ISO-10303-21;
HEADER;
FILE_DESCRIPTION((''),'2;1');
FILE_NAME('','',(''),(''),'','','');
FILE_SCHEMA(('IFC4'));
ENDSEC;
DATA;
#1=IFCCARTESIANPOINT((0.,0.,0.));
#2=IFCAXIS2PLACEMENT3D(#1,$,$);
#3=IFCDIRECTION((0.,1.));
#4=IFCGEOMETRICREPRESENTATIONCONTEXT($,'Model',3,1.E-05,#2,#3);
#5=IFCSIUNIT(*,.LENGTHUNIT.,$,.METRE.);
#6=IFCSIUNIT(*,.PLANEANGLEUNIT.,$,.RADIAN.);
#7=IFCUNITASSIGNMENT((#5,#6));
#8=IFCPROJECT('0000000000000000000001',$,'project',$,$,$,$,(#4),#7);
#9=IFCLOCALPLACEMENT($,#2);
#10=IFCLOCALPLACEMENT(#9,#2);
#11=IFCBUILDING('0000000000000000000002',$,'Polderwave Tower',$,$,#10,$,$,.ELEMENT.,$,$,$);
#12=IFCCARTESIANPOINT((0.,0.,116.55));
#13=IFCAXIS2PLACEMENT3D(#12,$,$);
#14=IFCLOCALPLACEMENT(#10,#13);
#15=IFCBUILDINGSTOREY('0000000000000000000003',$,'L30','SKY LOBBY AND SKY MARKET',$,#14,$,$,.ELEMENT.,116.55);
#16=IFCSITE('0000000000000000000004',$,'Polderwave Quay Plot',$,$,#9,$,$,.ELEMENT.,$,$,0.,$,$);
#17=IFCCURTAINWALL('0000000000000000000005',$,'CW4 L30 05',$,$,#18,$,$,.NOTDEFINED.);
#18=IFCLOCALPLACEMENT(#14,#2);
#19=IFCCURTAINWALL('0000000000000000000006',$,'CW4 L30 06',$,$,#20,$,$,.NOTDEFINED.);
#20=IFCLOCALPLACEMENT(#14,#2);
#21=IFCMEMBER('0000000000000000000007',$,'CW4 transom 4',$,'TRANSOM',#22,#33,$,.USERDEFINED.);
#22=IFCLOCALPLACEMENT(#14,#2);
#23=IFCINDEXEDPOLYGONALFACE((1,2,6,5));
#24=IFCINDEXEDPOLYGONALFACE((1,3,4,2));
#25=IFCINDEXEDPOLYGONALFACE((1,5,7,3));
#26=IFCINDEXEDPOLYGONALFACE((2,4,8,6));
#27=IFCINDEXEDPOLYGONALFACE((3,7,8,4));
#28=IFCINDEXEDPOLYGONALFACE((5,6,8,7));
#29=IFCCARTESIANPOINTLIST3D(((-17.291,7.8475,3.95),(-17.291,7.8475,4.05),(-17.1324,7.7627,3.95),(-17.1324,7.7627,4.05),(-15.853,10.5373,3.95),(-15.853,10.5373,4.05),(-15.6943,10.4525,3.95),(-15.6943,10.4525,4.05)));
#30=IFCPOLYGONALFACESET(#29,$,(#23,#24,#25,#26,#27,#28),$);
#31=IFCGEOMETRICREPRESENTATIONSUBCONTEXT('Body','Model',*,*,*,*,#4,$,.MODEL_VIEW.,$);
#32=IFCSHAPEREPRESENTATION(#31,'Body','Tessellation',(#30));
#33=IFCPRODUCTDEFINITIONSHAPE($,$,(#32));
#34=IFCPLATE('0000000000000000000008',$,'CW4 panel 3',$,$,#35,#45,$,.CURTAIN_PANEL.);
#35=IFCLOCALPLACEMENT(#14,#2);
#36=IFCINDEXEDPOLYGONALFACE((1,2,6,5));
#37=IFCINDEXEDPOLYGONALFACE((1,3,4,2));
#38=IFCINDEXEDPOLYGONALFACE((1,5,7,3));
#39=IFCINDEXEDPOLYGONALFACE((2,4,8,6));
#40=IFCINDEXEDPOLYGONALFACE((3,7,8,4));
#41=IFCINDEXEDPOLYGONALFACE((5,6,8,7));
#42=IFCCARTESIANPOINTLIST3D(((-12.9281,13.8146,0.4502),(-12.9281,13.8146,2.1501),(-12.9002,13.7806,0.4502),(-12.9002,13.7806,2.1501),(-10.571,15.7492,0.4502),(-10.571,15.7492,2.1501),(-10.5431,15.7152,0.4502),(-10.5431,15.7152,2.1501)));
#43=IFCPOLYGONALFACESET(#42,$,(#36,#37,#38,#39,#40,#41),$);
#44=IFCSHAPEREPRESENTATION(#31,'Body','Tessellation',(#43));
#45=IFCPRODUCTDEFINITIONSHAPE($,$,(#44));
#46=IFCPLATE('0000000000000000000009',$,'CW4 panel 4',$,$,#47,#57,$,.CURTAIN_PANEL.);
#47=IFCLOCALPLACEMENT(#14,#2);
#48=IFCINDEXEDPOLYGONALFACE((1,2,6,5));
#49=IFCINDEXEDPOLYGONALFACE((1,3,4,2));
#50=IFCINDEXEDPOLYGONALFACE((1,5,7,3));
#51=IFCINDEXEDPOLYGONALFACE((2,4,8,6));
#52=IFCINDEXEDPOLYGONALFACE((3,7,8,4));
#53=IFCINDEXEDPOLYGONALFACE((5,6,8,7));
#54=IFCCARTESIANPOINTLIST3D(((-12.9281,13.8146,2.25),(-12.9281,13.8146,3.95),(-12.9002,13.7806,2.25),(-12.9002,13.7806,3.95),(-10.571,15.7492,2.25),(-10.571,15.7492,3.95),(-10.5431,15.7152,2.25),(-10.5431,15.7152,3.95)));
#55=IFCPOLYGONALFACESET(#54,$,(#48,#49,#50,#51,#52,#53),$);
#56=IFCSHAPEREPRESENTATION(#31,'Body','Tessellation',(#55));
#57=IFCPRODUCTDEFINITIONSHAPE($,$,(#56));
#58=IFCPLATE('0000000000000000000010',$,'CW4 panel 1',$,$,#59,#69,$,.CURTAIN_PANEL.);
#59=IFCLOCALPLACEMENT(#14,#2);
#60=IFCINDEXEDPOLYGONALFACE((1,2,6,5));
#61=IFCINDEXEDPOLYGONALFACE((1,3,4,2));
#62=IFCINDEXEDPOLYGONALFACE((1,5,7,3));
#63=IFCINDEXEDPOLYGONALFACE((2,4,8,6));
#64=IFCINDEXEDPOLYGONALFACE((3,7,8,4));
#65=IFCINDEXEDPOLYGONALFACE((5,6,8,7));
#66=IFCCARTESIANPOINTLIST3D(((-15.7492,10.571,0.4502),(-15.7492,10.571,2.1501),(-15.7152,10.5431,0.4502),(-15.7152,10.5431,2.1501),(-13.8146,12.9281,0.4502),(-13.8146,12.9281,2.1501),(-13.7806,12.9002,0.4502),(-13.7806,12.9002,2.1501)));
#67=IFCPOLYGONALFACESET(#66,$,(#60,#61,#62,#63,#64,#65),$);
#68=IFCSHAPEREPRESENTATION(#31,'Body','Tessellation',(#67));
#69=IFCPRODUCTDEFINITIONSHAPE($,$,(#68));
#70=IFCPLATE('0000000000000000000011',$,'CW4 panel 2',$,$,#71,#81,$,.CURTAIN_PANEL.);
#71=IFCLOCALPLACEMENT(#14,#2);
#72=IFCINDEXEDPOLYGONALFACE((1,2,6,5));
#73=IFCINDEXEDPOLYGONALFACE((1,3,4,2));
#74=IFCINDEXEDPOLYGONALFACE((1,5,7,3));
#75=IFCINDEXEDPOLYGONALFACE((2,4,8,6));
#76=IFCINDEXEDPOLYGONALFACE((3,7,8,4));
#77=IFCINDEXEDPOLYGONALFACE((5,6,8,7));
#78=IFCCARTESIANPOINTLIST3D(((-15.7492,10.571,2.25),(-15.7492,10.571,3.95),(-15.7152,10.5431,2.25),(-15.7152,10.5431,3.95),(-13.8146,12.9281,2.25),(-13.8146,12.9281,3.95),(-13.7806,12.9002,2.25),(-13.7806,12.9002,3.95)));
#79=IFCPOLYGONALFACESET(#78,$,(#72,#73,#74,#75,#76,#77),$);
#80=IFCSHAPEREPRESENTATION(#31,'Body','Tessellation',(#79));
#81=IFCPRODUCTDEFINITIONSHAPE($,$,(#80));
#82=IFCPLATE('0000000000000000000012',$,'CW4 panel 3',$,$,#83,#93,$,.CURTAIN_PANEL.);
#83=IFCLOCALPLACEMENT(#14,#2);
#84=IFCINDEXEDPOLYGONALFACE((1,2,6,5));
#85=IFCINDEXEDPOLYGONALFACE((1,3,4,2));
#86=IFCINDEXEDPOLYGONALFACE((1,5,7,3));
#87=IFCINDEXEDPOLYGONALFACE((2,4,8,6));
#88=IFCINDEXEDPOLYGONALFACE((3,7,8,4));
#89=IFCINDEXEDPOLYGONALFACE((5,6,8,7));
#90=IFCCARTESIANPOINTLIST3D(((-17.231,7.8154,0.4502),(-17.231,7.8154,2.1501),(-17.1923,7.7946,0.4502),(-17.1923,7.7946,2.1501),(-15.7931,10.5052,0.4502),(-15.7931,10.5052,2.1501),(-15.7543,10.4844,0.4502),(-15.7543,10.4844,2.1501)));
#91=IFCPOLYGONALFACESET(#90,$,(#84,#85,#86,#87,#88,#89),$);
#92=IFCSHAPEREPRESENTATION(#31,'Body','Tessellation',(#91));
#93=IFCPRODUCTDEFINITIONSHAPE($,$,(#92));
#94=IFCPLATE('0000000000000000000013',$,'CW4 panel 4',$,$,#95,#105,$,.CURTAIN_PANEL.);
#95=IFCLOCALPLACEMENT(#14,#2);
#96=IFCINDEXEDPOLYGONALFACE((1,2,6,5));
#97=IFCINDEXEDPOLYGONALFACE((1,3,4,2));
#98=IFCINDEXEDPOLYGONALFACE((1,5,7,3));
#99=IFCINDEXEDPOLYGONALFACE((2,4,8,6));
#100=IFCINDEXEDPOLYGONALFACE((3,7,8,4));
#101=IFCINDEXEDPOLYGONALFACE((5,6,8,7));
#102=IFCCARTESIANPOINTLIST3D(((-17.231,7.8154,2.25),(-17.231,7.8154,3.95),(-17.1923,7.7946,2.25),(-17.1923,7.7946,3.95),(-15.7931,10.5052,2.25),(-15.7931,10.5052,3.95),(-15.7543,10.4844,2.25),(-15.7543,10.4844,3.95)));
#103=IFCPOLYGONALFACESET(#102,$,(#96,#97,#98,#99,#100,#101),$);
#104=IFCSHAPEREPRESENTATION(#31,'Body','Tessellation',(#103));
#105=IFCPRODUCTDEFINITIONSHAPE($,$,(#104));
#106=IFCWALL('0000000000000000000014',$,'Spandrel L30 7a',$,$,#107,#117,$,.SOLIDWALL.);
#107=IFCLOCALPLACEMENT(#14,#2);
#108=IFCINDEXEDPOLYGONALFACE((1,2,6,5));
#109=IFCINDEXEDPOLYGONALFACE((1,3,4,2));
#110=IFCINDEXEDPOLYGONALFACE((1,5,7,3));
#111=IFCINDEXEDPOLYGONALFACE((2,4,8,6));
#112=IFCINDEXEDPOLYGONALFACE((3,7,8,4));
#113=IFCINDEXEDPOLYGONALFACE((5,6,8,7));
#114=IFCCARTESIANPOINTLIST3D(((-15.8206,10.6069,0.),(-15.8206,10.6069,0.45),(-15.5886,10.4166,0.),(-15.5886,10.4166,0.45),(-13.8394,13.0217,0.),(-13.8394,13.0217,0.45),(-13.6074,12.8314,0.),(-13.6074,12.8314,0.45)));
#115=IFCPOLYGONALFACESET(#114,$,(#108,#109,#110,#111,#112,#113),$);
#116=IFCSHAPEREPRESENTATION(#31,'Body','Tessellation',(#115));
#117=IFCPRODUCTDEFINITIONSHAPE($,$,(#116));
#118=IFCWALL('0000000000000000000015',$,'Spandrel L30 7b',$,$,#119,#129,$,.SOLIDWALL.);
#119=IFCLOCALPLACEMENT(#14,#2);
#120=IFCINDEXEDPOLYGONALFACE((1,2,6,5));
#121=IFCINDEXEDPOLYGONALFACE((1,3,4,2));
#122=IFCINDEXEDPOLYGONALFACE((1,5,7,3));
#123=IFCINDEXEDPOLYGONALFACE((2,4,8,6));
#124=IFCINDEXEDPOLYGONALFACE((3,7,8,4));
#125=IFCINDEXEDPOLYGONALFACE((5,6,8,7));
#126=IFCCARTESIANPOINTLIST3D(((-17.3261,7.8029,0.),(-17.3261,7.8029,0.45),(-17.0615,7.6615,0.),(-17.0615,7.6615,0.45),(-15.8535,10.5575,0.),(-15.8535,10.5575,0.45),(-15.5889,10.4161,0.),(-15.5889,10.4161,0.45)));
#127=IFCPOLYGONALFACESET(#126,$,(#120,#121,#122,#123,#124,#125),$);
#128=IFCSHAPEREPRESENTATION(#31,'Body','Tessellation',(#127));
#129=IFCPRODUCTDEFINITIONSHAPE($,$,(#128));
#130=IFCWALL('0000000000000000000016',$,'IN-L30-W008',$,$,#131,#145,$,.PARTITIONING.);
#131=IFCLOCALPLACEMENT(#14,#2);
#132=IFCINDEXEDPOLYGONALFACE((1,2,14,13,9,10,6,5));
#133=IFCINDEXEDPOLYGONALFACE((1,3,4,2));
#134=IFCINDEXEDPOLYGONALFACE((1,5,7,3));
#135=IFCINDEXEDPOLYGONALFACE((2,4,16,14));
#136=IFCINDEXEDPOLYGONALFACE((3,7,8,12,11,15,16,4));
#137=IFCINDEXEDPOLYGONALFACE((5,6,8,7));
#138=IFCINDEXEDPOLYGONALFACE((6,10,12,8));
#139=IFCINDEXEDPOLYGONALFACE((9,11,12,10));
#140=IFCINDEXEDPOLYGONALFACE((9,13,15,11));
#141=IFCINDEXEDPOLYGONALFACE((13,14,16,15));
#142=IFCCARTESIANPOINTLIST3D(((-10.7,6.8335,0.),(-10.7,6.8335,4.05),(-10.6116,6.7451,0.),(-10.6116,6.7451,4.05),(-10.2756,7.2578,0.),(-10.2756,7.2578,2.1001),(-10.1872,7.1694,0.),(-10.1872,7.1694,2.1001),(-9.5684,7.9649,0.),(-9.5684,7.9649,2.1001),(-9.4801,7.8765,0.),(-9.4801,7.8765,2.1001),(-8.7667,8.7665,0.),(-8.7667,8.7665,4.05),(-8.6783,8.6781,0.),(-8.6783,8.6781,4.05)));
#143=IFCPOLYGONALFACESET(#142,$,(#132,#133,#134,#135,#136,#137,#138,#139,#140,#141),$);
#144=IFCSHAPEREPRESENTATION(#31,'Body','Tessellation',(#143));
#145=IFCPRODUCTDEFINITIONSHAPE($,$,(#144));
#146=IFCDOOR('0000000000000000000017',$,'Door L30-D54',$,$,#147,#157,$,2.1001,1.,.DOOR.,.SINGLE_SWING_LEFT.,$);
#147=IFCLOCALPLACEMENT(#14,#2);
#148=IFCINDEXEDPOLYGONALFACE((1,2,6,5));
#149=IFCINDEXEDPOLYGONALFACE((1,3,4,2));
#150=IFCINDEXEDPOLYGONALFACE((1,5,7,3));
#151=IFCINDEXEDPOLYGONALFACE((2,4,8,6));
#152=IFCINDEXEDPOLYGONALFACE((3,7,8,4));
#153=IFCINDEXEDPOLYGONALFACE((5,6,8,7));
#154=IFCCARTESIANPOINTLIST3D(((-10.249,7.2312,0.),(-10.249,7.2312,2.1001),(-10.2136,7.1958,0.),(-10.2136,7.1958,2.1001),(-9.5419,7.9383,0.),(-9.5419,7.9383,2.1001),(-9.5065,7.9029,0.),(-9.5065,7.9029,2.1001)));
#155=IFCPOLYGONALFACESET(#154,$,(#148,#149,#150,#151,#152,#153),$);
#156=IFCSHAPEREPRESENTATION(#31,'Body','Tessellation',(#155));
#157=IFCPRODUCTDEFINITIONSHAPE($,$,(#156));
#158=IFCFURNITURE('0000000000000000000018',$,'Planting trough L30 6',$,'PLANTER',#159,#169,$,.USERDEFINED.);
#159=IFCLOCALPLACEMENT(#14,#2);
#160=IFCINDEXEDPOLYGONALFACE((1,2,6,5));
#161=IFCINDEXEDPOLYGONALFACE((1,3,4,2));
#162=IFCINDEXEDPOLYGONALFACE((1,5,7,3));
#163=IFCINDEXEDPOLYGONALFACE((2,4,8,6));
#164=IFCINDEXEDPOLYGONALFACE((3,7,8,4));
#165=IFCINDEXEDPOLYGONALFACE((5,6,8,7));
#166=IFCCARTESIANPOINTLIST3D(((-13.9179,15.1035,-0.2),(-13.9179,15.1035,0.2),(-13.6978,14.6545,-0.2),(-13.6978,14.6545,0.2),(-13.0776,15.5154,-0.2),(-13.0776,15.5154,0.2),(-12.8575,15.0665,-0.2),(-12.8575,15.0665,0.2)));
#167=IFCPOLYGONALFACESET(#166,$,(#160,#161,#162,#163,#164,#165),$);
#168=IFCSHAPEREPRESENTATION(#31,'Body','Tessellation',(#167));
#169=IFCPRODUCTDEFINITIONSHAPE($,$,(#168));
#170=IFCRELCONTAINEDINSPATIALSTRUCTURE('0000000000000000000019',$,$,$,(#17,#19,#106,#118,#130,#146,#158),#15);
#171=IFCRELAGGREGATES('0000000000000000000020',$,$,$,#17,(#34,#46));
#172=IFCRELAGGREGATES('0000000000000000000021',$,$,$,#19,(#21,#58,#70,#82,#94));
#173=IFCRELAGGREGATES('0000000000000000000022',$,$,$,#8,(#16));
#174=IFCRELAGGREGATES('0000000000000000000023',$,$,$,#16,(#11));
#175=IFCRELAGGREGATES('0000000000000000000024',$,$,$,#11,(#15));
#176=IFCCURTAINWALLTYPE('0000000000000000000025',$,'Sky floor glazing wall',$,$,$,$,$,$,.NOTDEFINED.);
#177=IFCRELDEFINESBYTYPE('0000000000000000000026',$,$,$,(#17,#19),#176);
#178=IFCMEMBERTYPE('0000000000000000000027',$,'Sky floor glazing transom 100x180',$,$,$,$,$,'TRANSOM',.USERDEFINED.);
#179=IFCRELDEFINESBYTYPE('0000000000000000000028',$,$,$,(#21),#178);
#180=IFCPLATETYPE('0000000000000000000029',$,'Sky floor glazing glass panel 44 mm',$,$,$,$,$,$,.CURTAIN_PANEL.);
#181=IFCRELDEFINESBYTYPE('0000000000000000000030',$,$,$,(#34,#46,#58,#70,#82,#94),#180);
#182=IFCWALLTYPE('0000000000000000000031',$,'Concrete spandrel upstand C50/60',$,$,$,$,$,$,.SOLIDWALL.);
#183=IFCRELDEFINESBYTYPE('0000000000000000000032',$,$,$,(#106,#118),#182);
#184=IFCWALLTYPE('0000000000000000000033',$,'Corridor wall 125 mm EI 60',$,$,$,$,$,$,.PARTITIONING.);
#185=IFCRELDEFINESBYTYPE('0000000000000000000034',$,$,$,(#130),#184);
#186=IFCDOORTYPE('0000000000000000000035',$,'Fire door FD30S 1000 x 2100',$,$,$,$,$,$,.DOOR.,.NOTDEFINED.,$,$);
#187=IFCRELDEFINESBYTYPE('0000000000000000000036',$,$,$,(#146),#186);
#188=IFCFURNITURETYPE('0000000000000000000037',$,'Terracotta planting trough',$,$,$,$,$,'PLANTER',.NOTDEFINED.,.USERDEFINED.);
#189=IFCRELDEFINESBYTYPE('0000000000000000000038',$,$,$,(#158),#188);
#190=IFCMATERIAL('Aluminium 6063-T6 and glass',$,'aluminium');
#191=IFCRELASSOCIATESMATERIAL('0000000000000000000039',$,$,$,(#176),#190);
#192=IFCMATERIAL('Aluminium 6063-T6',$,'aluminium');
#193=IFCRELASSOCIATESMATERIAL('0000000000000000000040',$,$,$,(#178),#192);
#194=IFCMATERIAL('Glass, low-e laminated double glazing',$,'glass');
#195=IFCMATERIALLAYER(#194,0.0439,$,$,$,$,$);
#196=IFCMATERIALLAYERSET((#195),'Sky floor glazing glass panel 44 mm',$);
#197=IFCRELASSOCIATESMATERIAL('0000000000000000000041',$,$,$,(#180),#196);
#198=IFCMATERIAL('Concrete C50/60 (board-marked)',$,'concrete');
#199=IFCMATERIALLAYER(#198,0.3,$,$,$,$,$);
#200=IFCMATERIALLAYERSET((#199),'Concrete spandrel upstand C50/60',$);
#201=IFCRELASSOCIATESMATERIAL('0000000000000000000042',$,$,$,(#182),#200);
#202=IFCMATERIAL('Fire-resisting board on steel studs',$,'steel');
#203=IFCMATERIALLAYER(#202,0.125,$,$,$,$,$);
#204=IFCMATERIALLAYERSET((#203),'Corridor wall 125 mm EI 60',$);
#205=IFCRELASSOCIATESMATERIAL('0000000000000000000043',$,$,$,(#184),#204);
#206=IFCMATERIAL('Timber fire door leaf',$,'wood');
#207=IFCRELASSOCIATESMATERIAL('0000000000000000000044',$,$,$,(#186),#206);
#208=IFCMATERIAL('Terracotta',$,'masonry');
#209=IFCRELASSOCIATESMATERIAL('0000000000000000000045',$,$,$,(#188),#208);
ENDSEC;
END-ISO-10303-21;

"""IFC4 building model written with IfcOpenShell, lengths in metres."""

from ifc_helpers import new_model, si_unit, direction, frame, frame_2d, origin, origin_2d, place, context, subcontext, project, spatial, rectangle, extrude, material, layer, layer_set, material_profile, profile_set, type_object, element, fill, aggregate, save


model = new_model("IFC4")

# Units and contexts
model_context = context("Model", 3, precision=1e-05, world=origin(), true_north=direction((0.0, 1.0)))
body_context = subcontext(model_context, "Body", "Model", "MODEL_VIEW")
ifc_project = project(units=[si_unit("LENGTHUNIT", "METRE"), si_unit("PLANEANGLEUNIT", "RADIAN")], contexts=[model_context])

# Site, building, storey
site_placement = place(None, origin())
site = spatial("IfcSite", under=ifc_project, at=site_placement, Name="Polderwave Quay Plot", CompositionType="ELEMENT", RefElevation=0.0)
building_placement = place(site_placement, origin())
building = spatial("IfcBuilding", under=site, at=building_placement, Name="Polderwave Tower", CompositionType="ELEMENT")
storey_placement = place(building_placement, frame((0.0, 0.0, 116.55)))
storey = spatial("IfcBuildingStorey", under=building, at=storey_placement, Name="L30", Description="SKY LOBBY AND SKY MARKET", CompositionType="ELEMENT", Elevation=116.55)

# Curtain walls
ifc_material_1 = material(Name="Aluminium 6063-T6 and glass", Category="aluminium")
curtain_wall_type = type_object("IfcCurtainWallType", Name="Sky floor glazing wall", PredefinedType="NOTDEFINED", material=ifc_material_1)
curtain_wall_1_placement = place(storey_placement, origin())
curtain_wall_1 = element("IfcCurtainWall", 1, at=curtain_wall_1_placement, inside=storey, type_object=curtain_wall_type, Name="CW4 L30 05", PredefinedType="NOTDEFINED")
ifc_material_2 = material(Name="Aluminium 6063-T6", Category="aluminium")
curtain_wall_2_placement = place(storey_placement, origin())
curtain_wall_2 = element("IfcCurtainWall", 2, at=curtain_wall_2_placement, inside=storey, type_object=curtain_wall_type, Name="CW4 L30 06", PredefinedType="NOTDEFINED")

# Member
ifc_material_profile_1 = material_profile(ifc_material_2, rectangle(XDim=0.1799, YDim=0.1001, at=origin_2d()), Name="AL 100x180")
ifc_profile_set_1 = profile_set([ifc_material_profile_1], Name="Aluminium 6063-T6")
member_type_1 = type_object("IfcMemberType", Name="Sky floor glazing transom 100x180", ElementType="TRANSOM", PredefinedType="USERDEFINED", material=ifc_profile_set_1)
member_1_placement = place(storey_placement, frame((-15.7737, 10.4949, 4.0), z_axis=(-0.471477, -0.881878, 0.0), x_axis=(0.881878, -0.471477, 0.0)))
member_1 = element("IfcMember", 3, at=member_1_placement, type_object=member_type_1, Name="CW4 transom 4", ObjectType="TRANSOM", PredefinedType="USERDEFINED", context=body_context, shape_type="SweptSolid", body=[
    extrude(rectangle(XDim=0.1799, YDim=0.1001, at=origin_2d()), origin(), (0.0, 0.0, 1.0), 3.05),
])

# Plates
ifc_material_3 = material(Name="Glass, low-e laminated double glazing", Category="glass")
ifc_layer_1 = layer(ifc_material_3, 0.0439)
ifc_layer_set_1 = layer_set([ifc_layer_1], Name="Sky floor glazing glass panel 44 mm")
plate_type = type_object("IfcPlateType", Name="Sky floor glazing glass panel 44 mm", PredefinedType="CURTAIN_PANEL", material=ifc_layer_set_1)
plate_1_placement = place(storey_placement, frame((-11.7356, 14.7649, 0.4502), z_axis=(0.0, 0.0, 1.0), x_axis=(-0.772969, -0.634443, 0.0)))
plate_1 = element("IfcPlate", 4, at=plate_1_placement, type_object=plate_type, Name="CW4 panel 3", PredefinedType="CURTAIN_PANEL", context=body_context, shape_type="SweptSolid", body=[
    extrude(rectangle(XDim=3.0493, YDim=0.0439, at=origin_2d()), origin(), (0.0, 0.0, 1.0), 1.7),
])
plate_2_placement = place(storey_placement, frame((-11.7356, 14.7649, 2.25), z_axis=(0.0, 0.0, 1.0), x_axis=(-0.772969, -0.634443, 0.0)))
plate_2 = element("IfcPlate", 5, at=plate_2_placement, type_object=plate_type, Name="CW4 panel 4", PredefinedType="CURTAIN_PANEL", context=body_context, shape_type="SweptSolid", body=[
    extrude(rectangle(XDim=3.0493, YDim=0.0439, at=origin_2d()), origin(), (0.0, 0.0, 1.0), 1.7),
])
aggregate(curtain_wall_1, [plate_1, plate_2])
plate_3_placement = place(storey_placement, frame((-14.7649, 11.7356, 0.4502), z_axis=(0.0, 0.0, 1.0), x_axis=(-0.634443, -0.772969, 0.0)))
plate_3 = element("IfcPlate", 6, at=plate_3_placement, type_object=plate_type, Name="CW4 panel 1", PredefinedType="CURTAIN_PANEL", context=body_context, shape_type="SweptSolid", body=[
    extrude(rectangle(XDim=3.0493, YDim=0.0439, at=origin_2d()), origin(), (0.0, 0.0, 1.0), 1.7),
])
plate_4_placement = place(storey_placement, frame((-14.7649, 11.7356, 2.25), z_axis=(0.0, 0.0, 1.0), x_axis=(-0.634443, -0.772969, 0.0)))
plate_4 = element("IfcPlate", 7, at=plate_4_placement, type_object=plate_type, Name="CW4 panel 2", PredefinedType="CURTAIN_PANEL", context=body_context, shape_type="SweptSolid", body=[
    extrude(rectangle(XDim=3.0493, YDim=0.0439, at=origin_2d()), origin(), (0.0, 0.0, 1.0), 1.7),
])
plate_5_placement = place(storey_placement, frame((-16.4927, 9.1499, 0.4502), z_axis=(0.0, 0.0, 1.0), x_axis=(-0.471458, -0.881888, 0.0)))
plate_5 = element("IfcPlate", 8, at=plate_5_placement, type_object=plate_type, Name="CW4 panel 3", PredefinedType="CURTAIN_PANEL", context=body_context, shape_type="SweptSolid", body=[
    extrude(rectangle(XDim=3.05, YDim=0.0439, at=origin_2d()), origin(), (0.0, 0.0, 1.0), 1.7),
])
plate_6_placement = place(storey_placement, frame((-16.4927, 9.1499, 2.25), z_axis=(0.0, 0.0, 1.0), x_axis=(-0.471458, -0.881888, 0.0)))
plate_6 = element("IfcPlate", 9, at=plate_6_placement, type_object=plate_type, Name="CW4 panel 4", PredefinedType="CURTAIN_PANEL", context=body_context, shape_type="SweptSolid", body=[
    extrude(rectangle(XDim=3.05, YDim=0.0439, at=origin_2d()), origin(), (0.0, 0.0, 1.0), 1.7),
])
aggregate(curtain_wall_2, [member_1, plate_3, plate_4, plate_5, plate_6])

# Walls
ifc_material_4 = material(Name="Concrete C50/60 (board-marked)", Category="concrete")
ifc_layer_2 = layer(ifc_material_4, 0.3)
ifc_layer_set_2 = layer_set([ifc_layer_2], Name="Concrete spandrel upstand C50/60")
wall_type_1 = type_object("IfcWallType", Name="Concrete spandrel upstand C50/60", PredefinedType="SOLIDWALL", material=ifc_layer_set_2)
for number, where, z_axis, x_axis, name in (
    (10, (-13.7234, 12.9265, 0.0), (0.0, 0.0, 1.0), (-0.634284, -0.7731, 0.0), "Spandrel L30 7a"),
    (11, (-15.7212, 10.4868, 0.0), (0.0, 0.0, 1.0), (-0.471464, -0.881885, 0.0), "Spandrel L30 7b"),
):
    element("IfcWall", number, at=place(storey_placement, frame(where, z_axis=z_axis, x_axis=x_axis)), inside=storey, type_object=wall_type_1, Name=name, PredefinedType="SOLIDWALL", context=body_context, shape_type="SweptSolid", body=[
        extrude(rectangle(XDim=3.1235, YDim=0.3, at=frame_2d((1.5618, 0.0))), origin(), (0.0, 0.0, 1.0), 0.45),
    ])

# Wall, opening, door
ifc_material_5 = material(Name="Fire-resisting board on steel studs", Category="steel")
ifc_layer_3 = layer(ifc_material_5, 0.125)
ifc_layer_set_3 = layer_set([ifc_layer_3], Name="Corridor wall 125 mm EI 60")
wall_type_2 = type_object("IfcWallType", Name="Corridor wall 125 mm EI 60", PredefinedType="PARTITIONING", material=ifc_layer_set_3)
wall_placement = place(storey_placement, frame((-10.6558, 6.7893, 0.0), z_axis=(0.0, 0.0, 1.0), x_axis=(0.707151, 0.707062, 0.0)))
wall = element("IfcWall", 12, at=wall_placement, inside=storey, type_object=wall_type_2, Name="IN-L30-W008", PredefinedType="PARTITIONING", context=body_context, shape_type="SweptSolid", body=[
    extrude(rectangle(XDim=2.7339, YDim=0.125, at=frame_2d((1.3669, 0.0))), origin(), (0.0, 0.0, 1.0), 4.05),
])
opening_placement = place(wall_placement, frame((0.6001, 0.0, 0.0)))
opening = element("IfcOpeningElement", 13, at=opening_placement, cuts=wall, PredefinedType="OPENING", context=body_context, shape_type="SweptSolid", body=[
    extrude(rectangle(XDim=1.0, YDim=2.1001, at=frame_2d((0.5, 1.05))), frame((0.0, 0.0725, 0.0), z_axis=(0.0, -1.0, 0.0), x_axis=(1.0, 0.0, 0.0)), (0.0, 0.0, 1.0), 0.145),
])
ifc_material_6 = material(Name="Timber fire door leaf", Category="wood")
door_type = type_object("IfcDoorType", Name="Fire door FD30S 1000 x 2100", OperationType="NOTDEFINED", PredefinedType="DOOR", material=ifc_material_6)
door_placement = place(opening_placement, origin())
door = element("IfcDoor", 14, at=door_placement, inside=storey, type_object=door_type, Name="Door L30-D54", OperationType="SINGLE_SWING_LEFT", OverallHeight=2.1001, OverallWidth=1.0, PredefinedType="DOOR", context=body_context, shape_type="SweptSolid", body=[
    extrude(rectangle(XDim=1.0, YDim=2.1001, at=frame_2d((0.5, 1.05))), frame((0.0, 0.0249, 0.0), z_axis=(0.0, -1.0, 0.0), x_axis=(1.0, 0.0, 0.0)), (0.0, 0.0, 1.0), 0.05),
])
fill(opening, door)

# Furniture
ifc_material_7 = material(Name="Terracotta", Category="masonry")
furniture_type = type_object("IfcFurnitureType", Name="Terracotta planting trough", ElementType="PLANTER", AssemblyPlace="NOTDEFINED", PredefinedType="USERDEFINED", material=ifc_material_7)
furniture_placement = place(storey_placement, frame((-13.3877, 15.085, -0.2), z_axis=(0.0, 0.0, 1.0), x_axis=(-0.897895, -0.44021, 0.0)))
element("IfcFurniture", 15, at=furniture_placement, inside=storey, type_object=furniture_type, Name="Planting trough L30 6", ObjectType="PLANTER", PredefinedType="USERDEFINED", context=body_context, shape_type="SweptSolid", body=[
    extrude(rectangle(XDim=0.9358, YDim=0.5, at=origin_2d()), origin(), (0.0, 0.0, 1.0), 0.3999),
])

save(model, "model.ifc")
